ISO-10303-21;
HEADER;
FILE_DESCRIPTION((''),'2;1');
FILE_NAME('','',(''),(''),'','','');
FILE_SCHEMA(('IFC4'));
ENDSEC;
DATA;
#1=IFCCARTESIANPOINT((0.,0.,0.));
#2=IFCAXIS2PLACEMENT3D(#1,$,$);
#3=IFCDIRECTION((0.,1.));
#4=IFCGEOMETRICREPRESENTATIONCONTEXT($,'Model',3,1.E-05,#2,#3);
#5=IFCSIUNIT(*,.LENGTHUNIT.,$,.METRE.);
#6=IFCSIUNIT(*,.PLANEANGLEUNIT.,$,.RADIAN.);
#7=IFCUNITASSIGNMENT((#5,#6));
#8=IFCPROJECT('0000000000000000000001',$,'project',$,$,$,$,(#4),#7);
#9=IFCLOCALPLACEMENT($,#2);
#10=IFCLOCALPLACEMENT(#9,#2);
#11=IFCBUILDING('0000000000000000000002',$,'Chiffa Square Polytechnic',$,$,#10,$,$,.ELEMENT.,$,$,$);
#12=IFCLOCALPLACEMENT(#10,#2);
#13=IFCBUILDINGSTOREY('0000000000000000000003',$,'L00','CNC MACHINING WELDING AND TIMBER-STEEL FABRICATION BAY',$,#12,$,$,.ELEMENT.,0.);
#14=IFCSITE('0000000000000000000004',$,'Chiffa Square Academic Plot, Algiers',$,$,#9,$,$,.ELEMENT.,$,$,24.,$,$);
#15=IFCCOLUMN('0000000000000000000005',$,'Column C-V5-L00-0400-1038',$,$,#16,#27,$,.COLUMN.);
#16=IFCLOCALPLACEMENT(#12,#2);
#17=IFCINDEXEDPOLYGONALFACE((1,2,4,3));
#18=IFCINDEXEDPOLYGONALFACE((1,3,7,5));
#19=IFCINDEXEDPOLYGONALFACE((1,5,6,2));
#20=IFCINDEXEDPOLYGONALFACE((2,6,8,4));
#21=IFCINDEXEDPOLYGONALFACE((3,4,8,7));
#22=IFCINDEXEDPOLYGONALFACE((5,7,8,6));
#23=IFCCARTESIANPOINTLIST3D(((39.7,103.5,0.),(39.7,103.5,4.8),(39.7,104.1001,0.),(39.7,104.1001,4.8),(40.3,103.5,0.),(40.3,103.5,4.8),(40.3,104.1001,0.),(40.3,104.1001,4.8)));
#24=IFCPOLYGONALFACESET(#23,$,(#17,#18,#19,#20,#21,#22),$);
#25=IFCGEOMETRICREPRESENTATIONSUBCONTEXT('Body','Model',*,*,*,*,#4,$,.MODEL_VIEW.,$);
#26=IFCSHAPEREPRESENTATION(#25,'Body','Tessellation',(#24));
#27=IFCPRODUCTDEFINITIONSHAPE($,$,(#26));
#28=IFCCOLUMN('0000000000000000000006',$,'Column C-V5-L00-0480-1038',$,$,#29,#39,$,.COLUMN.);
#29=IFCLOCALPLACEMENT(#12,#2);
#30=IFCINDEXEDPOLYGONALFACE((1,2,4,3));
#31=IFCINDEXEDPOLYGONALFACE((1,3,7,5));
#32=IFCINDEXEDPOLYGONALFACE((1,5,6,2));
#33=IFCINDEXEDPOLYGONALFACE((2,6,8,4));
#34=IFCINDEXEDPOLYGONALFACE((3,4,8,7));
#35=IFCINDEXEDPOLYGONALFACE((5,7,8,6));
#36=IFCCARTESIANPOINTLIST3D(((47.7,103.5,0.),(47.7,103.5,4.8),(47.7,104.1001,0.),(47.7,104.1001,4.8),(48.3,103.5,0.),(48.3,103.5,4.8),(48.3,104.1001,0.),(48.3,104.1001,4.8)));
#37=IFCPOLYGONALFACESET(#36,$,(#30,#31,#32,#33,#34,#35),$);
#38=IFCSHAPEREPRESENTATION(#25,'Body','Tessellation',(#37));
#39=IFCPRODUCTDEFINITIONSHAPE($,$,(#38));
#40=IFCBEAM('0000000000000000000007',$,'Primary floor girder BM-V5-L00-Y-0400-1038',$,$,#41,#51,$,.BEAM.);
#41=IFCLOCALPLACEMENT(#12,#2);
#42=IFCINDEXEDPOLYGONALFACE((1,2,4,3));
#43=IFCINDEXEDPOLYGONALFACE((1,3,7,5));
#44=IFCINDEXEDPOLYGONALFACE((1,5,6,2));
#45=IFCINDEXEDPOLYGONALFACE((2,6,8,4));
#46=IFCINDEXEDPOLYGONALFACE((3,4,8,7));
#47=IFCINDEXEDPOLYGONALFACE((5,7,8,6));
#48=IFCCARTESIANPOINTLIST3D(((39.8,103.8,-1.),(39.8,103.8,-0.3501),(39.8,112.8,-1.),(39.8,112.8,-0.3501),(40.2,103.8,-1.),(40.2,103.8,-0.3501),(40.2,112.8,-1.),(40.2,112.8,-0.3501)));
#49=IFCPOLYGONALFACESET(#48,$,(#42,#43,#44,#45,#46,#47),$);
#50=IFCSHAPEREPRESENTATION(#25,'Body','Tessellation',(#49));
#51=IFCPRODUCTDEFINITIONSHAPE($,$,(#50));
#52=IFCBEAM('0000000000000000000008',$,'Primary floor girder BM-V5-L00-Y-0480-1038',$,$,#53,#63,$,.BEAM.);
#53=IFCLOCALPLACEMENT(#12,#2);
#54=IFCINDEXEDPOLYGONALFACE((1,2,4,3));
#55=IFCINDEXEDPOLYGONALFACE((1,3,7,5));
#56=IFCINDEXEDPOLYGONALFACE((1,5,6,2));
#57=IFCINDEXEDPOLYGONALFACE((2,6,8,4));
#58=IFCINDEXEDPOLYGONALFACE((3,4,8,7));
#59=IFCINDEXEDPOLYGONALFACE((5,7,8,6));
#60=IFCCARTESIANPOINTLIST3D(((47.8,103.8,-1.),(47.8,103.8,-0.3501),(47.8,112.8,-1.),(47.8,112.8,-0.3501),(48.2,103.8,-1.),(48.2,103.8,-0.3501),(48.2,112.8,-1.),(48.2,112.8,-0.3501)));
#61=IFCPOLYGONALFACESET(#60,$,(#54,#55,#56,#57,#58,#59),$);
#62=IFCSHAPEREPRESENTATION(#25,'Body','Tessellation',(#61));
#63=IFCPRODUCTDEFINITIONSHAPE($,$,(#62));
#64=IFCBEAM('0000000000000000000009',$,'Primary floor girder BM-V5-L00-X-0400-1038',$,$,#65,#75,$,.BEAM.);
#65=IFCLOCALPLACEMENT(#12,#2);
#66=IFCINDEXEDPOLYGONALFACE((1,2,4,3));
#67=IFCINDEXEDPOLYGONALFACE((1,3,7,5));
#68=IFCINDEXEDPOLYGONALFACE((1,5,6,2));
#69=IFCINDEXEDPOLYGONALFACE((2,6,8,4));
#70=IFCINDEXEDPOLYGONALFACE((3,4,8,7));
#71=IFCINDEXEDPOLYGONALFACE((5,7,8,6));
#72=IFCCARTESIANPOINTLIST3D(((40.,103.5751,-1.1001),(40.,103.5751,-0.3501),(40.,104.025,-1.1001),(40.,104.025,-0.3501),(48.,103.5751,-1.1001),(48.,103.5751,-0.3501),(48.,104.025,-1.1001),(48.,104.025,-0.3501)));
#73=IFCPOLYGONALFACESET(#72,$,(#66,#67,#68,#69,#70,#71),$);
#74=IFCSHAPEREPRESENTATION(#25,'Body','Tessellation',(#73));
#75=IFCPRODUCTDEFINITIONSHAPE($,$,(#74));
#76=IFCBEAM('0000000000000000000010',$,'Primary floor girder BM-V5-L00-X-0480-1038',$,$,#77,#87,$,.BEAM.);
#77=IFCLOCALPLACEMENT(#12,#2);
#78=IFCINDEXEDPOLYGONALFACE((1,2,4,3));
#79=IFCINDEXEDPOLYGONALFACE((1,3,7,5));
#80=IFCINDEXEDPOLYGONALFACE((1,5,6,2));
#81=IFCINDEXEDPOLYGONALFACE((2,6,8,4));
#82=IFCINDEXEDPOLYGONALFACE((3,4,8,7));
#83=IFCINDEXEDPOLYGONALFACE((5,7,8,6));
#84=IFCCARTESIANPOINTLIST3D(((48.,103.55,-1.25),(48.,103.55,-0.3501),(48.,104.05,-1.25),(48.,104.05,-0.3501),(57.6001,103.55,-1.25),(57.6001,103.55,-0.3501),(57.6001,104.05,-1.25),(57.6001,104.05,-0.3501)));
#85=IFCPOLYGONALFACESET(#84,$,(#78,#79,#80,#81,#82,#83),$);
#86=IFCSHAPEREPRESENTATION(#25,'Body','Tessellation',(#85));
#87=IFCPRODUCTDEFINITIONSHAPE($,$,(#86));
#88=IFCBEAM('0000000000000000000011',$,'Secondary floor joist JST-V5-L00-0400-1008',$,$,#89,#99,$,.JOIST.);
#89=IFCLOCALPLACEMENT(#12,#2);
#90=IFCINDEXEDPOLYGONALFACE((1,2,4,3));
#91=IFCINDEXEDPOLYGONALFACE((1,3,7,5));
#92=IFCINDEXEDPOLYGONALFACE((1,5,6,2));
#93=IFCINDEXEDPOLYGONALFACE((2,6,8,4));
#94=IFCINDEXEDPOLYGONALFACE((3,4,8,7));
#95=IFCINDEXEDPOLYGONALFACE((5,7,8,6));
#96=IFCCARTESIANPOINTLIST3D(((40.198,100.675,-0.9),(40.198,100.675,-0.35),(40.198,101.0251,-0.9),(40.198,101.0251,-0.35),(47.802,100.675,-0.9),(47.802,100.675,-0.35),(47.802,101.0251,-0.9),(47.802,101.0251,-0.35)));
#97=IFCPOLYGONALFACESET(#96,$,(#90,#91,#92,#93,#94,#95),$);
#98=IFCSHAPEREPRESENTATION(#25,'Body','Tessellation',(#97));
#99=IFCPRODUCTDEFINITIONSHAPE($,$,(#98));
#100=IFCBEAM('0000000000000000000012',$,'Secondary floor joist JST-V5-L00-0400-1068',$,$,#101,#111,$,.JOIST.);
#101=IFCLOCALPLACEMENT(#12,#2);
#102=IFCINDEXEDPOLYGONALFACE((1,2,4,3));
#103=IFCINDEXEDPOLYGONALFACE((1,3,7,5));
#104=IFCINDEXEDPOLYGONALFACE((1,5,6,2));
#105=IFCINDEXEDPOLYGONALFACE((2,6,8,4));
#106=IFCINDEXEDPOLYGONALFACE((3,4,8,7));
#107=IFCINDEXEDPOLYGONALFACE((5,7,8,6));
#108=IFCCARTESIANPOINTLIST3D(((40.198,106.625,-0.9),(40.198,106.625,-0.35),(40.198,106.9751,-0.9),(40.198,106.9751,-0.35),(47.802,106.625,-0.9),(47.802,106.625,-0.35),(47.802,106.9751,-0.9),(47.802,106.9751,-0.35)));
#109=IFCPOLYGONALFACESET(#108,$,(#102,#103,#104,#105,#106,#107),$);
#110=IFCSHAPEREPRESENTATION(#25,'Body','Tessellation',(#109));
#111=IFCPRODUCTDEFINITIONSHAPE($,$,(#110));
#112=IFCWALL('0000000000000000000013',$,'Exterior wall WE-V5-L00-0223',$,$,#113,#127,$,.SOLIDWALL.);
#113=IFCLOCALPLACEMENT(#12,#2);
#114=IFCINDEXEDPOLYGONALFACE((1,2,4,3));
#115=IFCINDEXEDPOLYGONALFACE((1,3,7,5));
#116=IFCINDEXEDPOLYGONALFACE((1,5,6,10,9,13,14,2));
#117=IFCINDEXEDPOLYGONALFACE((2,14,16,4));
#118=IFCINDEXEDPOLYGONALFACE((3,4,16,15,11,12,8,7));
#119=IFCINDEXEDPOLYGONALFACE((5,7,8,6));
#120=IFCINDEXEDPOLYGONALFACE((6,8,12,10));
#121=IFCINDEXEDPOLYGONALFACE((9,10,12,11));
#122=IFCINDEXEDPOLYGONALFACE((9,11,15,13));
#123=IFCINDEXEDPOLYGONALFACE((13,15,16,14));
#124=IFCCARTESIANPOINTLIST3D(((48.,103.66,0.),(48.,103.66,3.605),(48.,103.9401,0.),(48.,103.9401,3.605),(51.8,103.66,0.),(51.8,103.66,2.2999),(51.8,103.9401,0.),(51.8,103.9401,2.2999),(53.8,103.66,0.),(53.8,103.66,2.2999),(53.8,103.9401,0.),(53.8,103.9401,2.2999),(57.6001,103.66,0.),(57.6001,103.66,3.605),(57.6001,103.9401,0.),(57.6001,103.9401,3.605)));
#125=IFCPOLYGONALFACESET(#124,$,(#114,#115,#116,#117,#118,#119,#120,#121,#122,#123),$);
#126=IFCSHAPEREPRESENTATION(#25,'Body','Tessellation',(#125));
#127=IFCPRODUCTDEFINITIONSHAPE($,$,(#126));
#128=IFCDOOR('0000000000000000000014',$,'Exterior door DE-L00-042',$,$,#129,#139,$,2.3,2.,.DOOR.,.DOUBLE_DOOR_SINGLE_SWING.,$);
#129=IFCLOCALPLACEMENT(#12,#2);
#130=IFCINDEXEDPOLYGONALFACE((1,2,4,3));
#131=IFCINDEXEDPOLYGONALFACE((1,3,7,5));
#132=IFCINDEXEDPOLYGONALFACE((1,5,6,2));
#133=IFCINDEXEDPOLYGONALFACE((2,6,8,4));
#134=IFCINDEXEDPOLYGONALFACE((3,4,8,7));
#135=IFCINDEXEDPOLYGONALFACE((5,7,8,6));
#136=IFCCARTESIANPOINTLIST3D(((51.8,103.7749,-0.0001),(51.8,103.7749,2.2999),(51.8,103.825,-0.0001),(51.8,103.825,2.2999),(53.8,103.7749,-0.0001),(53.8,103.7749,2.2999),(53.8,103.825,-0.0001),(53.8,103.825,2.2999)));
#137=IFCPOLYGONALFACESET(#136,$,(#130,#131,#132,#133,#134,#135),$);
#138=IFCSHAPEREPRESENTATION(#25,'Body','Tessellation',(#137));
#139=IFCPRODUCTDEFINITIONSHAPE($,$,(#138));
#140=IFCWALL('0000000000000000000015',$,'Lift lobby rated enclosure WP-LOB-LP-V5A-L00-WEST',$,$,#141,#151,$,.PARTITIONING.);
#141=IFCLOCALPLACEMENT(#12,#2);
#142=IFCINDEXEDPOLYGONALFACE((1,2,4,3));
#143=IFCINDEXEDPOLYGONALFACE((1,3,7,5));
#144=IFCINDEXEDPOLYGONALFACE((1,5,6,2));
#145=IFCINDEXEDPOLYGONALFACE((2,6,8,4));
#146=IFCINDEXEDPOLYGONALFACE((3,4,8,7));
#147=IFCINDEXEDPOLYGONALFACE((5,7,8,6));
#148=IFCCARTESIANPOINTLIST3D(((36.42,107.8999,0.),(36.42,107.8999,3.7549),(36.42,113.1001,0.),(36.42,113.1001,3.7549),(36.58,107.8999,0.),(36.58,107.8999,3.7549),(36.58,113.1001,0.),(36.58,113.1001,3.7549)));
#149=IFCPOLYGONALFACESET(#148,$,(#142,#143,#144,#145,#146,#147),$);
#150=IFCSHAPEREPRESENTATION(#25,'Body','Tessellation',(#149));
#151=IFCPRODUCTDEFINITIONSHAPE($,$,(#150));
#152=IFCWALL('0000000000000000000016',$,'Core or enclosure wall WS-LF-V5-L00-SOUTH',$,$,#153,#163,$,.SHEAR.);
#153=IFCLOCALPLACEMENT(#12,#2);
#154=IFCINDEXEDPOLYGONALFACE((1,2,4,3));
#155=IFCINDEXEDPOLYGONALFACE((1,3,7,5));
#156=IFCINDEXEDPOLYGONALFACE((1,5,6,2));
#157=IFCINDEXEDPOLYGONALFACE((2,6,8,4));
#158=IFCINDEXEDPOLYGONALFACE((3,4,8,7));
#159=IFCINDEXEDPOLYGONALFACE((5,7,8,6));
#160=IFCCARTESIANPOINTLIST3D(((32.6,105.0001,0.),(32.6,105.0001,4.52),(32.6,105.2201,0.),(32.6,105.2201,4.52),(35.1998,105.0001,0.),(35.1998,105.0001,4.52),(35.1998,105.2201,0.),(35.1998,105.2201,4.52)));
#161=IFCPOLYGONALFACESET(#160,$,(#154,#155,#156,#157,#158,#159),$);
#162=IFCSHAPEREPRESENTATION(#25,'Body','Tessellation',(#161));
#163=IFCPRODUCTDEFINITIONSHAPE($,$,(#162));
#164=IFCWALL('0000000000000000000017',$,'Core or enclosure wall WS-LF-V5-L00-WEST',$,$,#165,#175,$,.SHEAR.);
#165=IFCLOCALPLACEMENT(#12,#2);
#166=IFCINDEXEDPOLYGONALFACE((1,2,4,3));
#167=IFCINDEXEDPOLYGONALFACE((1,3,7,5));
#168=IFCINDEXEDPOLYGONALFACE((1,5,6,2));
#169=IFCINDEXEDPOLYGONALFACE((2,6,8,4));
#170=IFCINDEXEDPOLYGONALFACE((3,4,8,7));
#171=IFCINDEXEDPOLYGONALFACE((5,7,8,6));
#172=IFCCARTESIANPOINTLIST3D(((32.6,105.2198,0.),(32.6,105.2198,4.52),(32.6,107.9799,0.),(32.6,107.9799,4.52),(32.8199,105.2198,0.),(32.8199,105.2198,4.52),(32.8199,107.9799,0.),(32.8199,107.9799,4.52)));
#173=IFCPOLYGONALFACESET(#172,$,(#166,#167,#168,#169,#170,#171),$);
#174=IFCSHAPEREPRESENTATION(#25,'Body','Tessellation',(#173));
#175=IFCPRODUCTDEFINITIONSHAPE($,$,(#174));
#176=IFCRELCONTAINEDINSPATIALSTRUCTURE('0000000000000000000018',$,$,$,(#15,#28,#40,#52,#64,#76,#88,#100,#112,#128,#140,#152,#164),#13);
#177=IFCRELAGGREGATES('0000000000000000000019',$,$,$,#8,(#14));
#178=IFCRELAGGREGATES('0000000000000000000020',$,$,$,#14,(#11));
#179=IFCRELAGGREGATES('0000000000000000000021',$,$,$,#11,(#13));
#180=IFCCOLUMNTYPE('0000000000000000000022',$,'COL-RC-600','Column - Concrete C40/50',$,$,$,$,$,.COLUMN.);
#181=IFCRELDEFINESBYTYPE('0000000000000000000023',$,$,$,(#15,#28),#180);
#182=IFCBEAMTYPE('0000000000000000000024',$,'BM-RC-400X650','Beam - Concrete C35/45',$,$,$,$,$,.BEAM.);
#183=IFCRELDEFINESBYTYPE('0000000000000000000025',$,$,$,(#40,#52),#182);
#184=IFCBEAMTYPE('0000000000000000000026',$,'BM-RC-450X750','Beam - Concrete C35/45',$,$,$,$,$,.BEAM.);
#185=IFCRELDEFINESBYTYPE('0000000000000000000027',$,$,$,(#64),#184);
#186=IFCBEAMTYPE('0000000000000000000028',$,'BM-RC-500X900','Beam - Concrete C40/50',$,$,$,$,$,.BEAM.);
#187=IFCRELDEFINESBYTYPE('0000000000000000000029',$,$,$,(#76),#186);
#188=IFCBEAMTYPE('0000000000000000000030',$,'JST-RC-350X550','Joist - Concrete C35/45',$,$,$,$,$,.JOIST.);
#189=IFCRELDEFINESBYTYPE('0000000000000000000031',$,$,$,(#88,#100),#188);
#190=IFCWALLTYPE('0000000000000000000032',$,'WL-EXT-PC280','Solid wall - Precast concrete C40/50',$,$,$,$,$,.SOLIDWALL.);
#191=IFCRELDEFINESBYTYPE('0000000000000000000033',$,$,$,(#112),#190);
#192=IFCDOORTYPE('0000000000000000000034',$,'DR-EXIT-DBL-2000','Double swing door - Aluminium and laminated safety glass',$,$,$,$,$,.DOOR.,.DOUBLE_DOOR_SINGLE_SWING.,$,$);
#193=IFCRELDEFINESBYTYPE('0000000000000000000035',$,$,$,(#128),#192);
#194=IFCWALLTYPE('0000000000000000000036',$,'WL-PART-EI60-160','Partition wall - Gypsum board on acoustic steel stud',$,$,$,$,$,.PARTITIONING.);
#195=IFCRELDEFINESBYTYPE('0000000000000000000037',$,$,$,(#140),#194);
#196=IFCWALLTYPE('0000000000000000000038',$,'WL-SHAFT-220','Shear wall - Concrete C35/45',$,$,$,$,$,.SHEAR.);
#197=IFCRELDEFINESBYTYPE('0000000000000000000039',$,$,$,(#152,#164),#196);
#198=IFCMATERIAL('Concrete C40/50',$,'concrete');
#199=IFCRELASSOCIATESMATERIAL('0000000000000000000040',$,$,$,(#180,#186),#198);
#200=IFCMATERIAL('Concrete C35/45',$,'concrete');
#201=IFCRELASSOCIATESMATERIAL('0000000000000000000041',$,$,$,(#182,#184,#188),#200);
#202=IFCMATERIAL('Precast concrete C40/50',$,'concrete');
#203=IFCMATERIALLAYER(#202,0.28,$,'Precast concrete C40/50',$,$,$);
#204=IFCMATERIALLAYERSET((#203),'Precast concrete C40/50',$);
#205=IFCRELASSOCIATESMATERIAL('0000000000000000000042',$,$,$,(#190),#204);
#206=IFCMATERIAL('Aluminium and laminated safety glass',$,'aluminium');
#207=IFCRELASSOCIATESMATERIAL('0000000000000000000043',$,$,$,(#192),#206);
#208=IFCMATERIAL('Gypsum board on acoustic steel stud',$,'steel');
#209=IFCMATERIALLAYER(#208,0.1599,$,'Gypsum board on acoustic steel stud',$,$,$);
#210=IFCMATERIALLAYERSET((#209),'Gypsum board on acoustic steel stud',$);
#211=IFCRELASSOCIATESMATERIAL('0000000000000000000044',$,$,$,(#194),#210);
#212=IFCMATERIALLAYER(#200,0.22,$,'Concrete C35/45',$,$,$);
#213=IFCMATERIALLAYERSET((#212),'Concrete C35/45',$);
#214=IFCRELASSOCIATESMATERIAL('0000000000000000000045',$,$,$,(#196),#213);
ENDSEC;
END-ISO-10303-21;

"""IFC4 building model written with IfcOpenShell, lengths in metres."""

from ifc_helpers import new_model, si_unit, direction, frame, frame_2d, origin, origin_2d, place, context, subcontext, project, spatial, rectangle, extrude, material, layer, layer_set, material_profile, profile_set, type_object, element, fill, save


model = new_model("IFC4")

# Units and contexts
model_context = context("Model", 3, precision=1e-05, world=origin(), true_north=direction((0.0, 1.0)))
body_context = subcontext(model_context, "Body", "Model", "MODEL_VIEW")
ifc_project = project(units=[si_unit("LENGTHUNIT", "METRE"), si_unit("PLANEANGLEUNIT", "RADIAN")], contexts=[model_context])

# Site, building, storey
site_placement = place(None, origin())
site = spatial("IfcSite", under=ifc_project, at=site_placement, Name="Chiffa Square Academic Plot, Algiers", CompositionType="ELEMENT", RefElevation=24.0)
building_placement = place(site_placement, origin())
building = spatial("IfcBuilding", under=site, at=building_placement, Name="Chiffa Square Polytechnic", CompositionType="ELEMENT")
storey_placement = place(building_placement, origin())
storey = spatial("IfcBuildingStorey", under=building, at=storey_placement, Name="L00", Description="CNC MACHINING WELDING AND TIMBER-STEEL FABRICATION BAY", CompositionType="ELEMENT", Elevation=0.0)

# Columns
ifc_material_1 = material(Name="Concrete C40/50", Category="concrete")
ifc_material_profile_1 = material_profile(ifc_material_1, rectangle(XDim=0.6001, YDim=0.6001, at=origin_2d()), Name="RC 600x600")
ifc_profile_set_1 = profile_set([ifc_material_profile_1], Name="Concrete C40/50")
column_type = type_object("IfcColumnType", Name="COL-RC-600", Description="Column - Concrete C40/50", PredefinedType="COLUMN", material=ifc_profile_set_1)
for number, where, z_axis, x_axis, name in (
    (1, (40.0, 103.8, 0.0), (0.0, 0.0, 1.0), (1.0, 0.0, 0.0), "Column C-V5-L00-0400-1038"),
    (2, (48.0, 103.8, 0.0), (0.0, 0.0, 1.0), (1.0, 0.0, 0.0), "Column C-V5-L00-0480-1038"),
):
    element("IfcColumn", number, at=place(storey_placement, frame(where, z_axis=z_axis, x_axis=x_axis)), inside=storey, type_object=column_type, Name=name, PredefinedType="COLUMN", context=body_context, shape_type="SweptSolid", body=[
        extrude(rectangle(XDim=0.6001, YDim=0.6001, at=origin_2d()), origin(), (0.0, 0.0, 1.0), 4.8),
    ])

# Beams
ifc_material_2 = material(Name="Concrete C35/45", Category="concrete")
ifc_material_profile_2 = material_profile(ifc_material_2, rectangle(XDim=0.3999, YDim=0.6499, at=origin_2d()), Name="RC 400x650")
ifc_profile_set_2 = profile_set([ifc_material_profile_2], Name="Concrete C35/45")
beam_type_1 = type_object("IfcBeamType", Name="BM-RC-400X650", Description="Beam - Concrete C35/45", PredefinedType="BEAM", material=ifc_profile_set_2)
for number, where, z_axis, x_axis, name in (
    (3, (40.0, 103.8, -0.675), (0.0, 1.0, 0.0), (-1.0, 0.0, 0.0), "Primary floor girder BM-V5-L00-Y-0400-1038"),
    (4, (48.0, 103.8, -0.675), (0.0, 1.0, 0.0), (-1.0, 0.0, 0.0), "Primary floor girder BM-V5-L00-Y-0480-1038"),
):
    element("IfcBeam", number, at=place(storey_placement, frame(where, z_axis=z_axis, x_axis=x_axis)), inside=storey, type_object=beam_type_1, Name=name, PredefinedType="BEAM", context=body_context, shape_type="SweptSolid", body=[
        extrude(rectangle(XDim=0.3999, YDim=0.6499, at=origin_2d()), origin(), (0.0, 0.0, 1.0), 9.0),
    ])
ifc_material_profile_3 = material_profile(ifc_material_2, rectangle(XDim=0.45, YDim=0.75, at=origin_2d()), Name="RC 450x750")
ifc_profile_set_3 = profile_set([ifc_material_profile_3], Name="Concrete C35/45")
beam_type_2 = type_object("IfcBeamType", Name="BM-RC-450X750", Description="Beam - Concrete C35/45", PredefinedType="BEAM", material=ifc_profile_set_3)
beam_1_placement = place(storey_placement, frame((40.0, 103.8, -0.7251), z_axis=(1.0, 0.0, 0.0), x_axis=(0.0, 1.0, 0.0)))
element("IfcBeam", 5, at=beam_1_placement, inside=storey, type_object=beam_type_2, Name="Primary floor girder BM-V5-L00-X-0400-1038", PredefinedType="BEAM", context=body_context, shape_type="SweptSolid", body=[
    extrude(rectangle(XDim=0.45, YDim=0.75, at=origin_2d()), origin(), (0.0, 0.0, 1.0), 8.0),
])
ifc_material_profile_4 = material_profile(ifc_material_1, rectangle(XDim=0.5, YDim=0.8999, at=origin_2d()), Name="RC 500x900")
ifc_profile_set_4 = profile_set([ifc_material_profile_4], Name="Concrete C40/50")
beam_type_3 = type_object("IfcBeamType", Name="BM-RC-500X900", Description="Beam - Concrete C40/50", PredefinedType="BEAM", material=ifc_profile_set_4)
beam_2_placement = place(storey_placement, frame((48.0, 103.8, -0.8), z_axis=(1.0, 0.0, 0.0), x_axis=(0.0, 1.0, 0.0)))
element("IfcBeam", 6, at=beam_2_placement, inside=storey, type_object=beam_type_3, Name="Primary floor girder BM-V5-L00-X-0480-1038", PredefinedType="BEAM", context=body_context, shape_type="SweptSolid", body=[
    extrude(rectangle(XDim=0.5, YDim=0.8999, at=origin_2d()), origin(), (0.0, 0.0, 1.0), 9.6001),
])
ifc_material_profile_5 = material_profile(ifc_material_2, rectangle(XDim=0.3501, YDim=0.55, at=origin_2d()), Name="RC 350x550")
ifc_profile_set_5 = profile_set([ifc_material_profile_5], Name="Concrete C35/45")
beam_type_4 = type_object("IfcBeamType", Name="JST-RC-350X550", Description="Joist - Concrete C35/45", PredefinedType="JOIST", material=ifc_profile_set_5)
for number, where, z_axis, x_axis, name in (
    (7, (40.198, 100.8501, -0.625), (1.0, 0.0, 0.0), (0.0, 1.0, 0.0), "Secondary floor joist JST-V5-L00-0400-1008"),
    (8, (40.198, 106.8, -0.625), (1.0, 0.0, 0.0), (0.0, 1.0, 0.0), "Secondary floor joist JST-V5-L00-0400-1068"),
):
    element("IfcBeam", number, at=place(storey_placement, frame(where, z_axis=z_axis, x_axis=x_axis)), inside=storey, type_object=beam_type_4, Name=name, PredefinedType="JOIST", context=body_context, shape_type="SweptSolid", body=[
        extrude(rectangle(XDim=0.3501, YDim=0.55, at=origin_2d()), origin(), (0.0, 0.0, 1.0), 7.604),
    ])

# Wall, opening, door
ifc_material_3 = material(Name="Precast concrete C40/50", Category="concrete")
ifc_layer_1 = layer(ifc_material_3, 0.28, Name="Precast concrete C40/50")
ifc_layer_set_1 = layer_set([ifc_layer_1], Name="Precast concrete C40/50")
wall_type_1 = type_object("IfcWallType", Name="WL-EXT-PC280", Description="Solid wall - Precast concrete C40/50", PredefinedType="SOLIDWALL", material=ifc_layer_set_1)
wall_1_placement = place(storey_placement, frame((48.0, 103.8, 0.0), z_axis=(0.0, 0.0, 1.0), x_axis=(1.0, 0.0, 0.0)))
wall_1 = element("IfcWall", 9, at=wall_1_placement, inside=storey, type_object=wall_type_1, Name="Exterior wall WE-V5-L00-0223", PredefinedType="SOLIDWALL", context=body_context, shape_type="SweptSolid", body=[
    extrude(rectangle(XDim=9.6001, YDim=0.28, at=frame_2d((4.8, 0.0))), origin(), (0.0, 0.0, 1.0), 3.605),
])
opening_1_placement = place(wall_1_placement, frame((3.8, 0.0, 0.0)))
opening_1 = element("IfcOpeningElement", 10, at=opening_1_placement, cuts=wall_1, PredefinedType="OPENING", context=body_context, shape_type="SweptSolid", body=[
    extrude(rectangle(XDim=2.0, YDim=2.3, at=frame_2d((1.0, 1.1499))), frame((0.0, 0.1499, 0.0), z_axis=(0.0, -1.0, 0.0), x_axis=(1.0, 0.0, 0.0)), (0.0, 0.0, 1.0), 0.3),
])
ifc_material_4 = material(Name="Aluminium and laminated safety glass", Category="aluminium")
door_type_1 = type_object("IfcDoorType", Name="DR-EXIT-DBL-2000", Description="Double swing door - Aluminium and laminated safety glass", OperationType="DOUBLE_DOOR_SINGLE_SWING", PredefinedType="DOOR", material=ifc_material_4)
door_1_placement = place(opening_1_placement, origin())
door_1 = element("IfcDoor", 11, at=door_1_placement, inside=storey, type_object=door_type_1, Name="Exterior door DE-L00-042", OperationType="DOUBLE_DOOR_SINGLE_SWING", OverallHeight=2.3, OverallWidth=2.0, PredefinedType="DOOR", context=body_context, shape_type="SweptSolid", body=[
    extrude(rectangle(XDim=2.0, YDim=2.3, at=frame_2d((1.0, 1.1499))), frame((0.0, 0.0249, 0.0), z_axis=(0.0, -1.0, 0.0), x_axis=(1.0, 0.0, 0.0)), (0.0, 0.0, 1.0), 0.05),
])
fill(opening_1, door_1)

# Walls
ifc_material_5 = material(Name="Gypsum board on acoustic steel stud", Category="steel")
ifc_layer_2 = layer(ifc_material_5, 0.1599, Name="Gypsum board on acoustic steel stud")
ifc_layer_set_2 = layer_set([ifc_layer_2], Name="Gypsum board on acoustic steel stud")
wall_type_2 = type_object("IfcWallType", Name="WL-PART-EI60-160", Description="Partition wall - Gypsum board on acoustic steel stud", PredefinedType="PARTITIONING", material=ifc_layer_set_2)
wall_2_placement = place(storey_placement, frame((36.5, 107.8999, 0.0), z_axis=(0.0, 0.0, 1.0), x_axis=(0.0, 1.0, 0.0)))
element("IfcWall", 12, at=wall_2_placement, inside=storey, type_object=wall_type_2, Name="Lift lobby rated enclosure WP-LOB-LP-V5A-L00-WEST", PredefinedType="PARTITIONING", context=body_context, shape_type="SweptSolid", body=[
    extrude(rectangle(XDim=5.2002, YDim=0.1599, at=frame_2d((2.6001, 0.0))), origin(), (0.0, 0.0, 1.0), 3.7549),
])
ifc_layer_3 = layer(ifc_material_2, 0.22, Name="Concrete C35/45")
ifc_layer_set_3 = layer_set([ifc_layer_3], Name="Concrete C35/45")
wall_type_3 = type_object("IfcWallType", Name="WL-SHAFT-220", Description="Shear wall - Concrete C35/45", PredefinedType="SHEAR", material=ifc_layer_set_3)
wall_3_placement = place(storey_placement, frame((32.6001, 105.1101, 0.0), z_axis=(0.0, 0.0, 1.0), x_axis=(1.0, 0.0, 0.0)))
element("IfcWall", 13, at=wall_3_placement, inside=storey, type_object=wall_type_3, Name="Core or enclosure wall WS-LF-V5-L00-SOUTH", PredefinedType="SHEAR", context=body_context, shape_type="SweptSolid", body=[
    extrude(rectangle(XDim=2.5999, YDim=0.22, at=frame_2d((1.2998, 0.0))), origin(), (0.0, 0.0, 1.0), 4.52),
])
for number, where, z_axis, x_axis, name in (
    (14, (32.71, 105.22, 0.0), (0.0, 0.0, 1.0), (0.0, 1.0, 0.0), "Core or enclosure wall WS-LF-V5-L00-WEST"),
):
    element("IfcWall", number, at=place(storey_placement, frame(where, z_axis=z_axis, x_axis=x_axis)), inside=storey, type_object=wall_type_3, Name=name, PredefinedType="SHEAR", context=body_context, shape_type="SweptSolid", body=[
        extrude(rectangle(XDim=2.76, YDim=0.22, at=frame_2d((1.3799, 0.0))), origin(), (0.0, 0.0, 1.0), 4.52),
    ])

save(model, "model.ifc")
